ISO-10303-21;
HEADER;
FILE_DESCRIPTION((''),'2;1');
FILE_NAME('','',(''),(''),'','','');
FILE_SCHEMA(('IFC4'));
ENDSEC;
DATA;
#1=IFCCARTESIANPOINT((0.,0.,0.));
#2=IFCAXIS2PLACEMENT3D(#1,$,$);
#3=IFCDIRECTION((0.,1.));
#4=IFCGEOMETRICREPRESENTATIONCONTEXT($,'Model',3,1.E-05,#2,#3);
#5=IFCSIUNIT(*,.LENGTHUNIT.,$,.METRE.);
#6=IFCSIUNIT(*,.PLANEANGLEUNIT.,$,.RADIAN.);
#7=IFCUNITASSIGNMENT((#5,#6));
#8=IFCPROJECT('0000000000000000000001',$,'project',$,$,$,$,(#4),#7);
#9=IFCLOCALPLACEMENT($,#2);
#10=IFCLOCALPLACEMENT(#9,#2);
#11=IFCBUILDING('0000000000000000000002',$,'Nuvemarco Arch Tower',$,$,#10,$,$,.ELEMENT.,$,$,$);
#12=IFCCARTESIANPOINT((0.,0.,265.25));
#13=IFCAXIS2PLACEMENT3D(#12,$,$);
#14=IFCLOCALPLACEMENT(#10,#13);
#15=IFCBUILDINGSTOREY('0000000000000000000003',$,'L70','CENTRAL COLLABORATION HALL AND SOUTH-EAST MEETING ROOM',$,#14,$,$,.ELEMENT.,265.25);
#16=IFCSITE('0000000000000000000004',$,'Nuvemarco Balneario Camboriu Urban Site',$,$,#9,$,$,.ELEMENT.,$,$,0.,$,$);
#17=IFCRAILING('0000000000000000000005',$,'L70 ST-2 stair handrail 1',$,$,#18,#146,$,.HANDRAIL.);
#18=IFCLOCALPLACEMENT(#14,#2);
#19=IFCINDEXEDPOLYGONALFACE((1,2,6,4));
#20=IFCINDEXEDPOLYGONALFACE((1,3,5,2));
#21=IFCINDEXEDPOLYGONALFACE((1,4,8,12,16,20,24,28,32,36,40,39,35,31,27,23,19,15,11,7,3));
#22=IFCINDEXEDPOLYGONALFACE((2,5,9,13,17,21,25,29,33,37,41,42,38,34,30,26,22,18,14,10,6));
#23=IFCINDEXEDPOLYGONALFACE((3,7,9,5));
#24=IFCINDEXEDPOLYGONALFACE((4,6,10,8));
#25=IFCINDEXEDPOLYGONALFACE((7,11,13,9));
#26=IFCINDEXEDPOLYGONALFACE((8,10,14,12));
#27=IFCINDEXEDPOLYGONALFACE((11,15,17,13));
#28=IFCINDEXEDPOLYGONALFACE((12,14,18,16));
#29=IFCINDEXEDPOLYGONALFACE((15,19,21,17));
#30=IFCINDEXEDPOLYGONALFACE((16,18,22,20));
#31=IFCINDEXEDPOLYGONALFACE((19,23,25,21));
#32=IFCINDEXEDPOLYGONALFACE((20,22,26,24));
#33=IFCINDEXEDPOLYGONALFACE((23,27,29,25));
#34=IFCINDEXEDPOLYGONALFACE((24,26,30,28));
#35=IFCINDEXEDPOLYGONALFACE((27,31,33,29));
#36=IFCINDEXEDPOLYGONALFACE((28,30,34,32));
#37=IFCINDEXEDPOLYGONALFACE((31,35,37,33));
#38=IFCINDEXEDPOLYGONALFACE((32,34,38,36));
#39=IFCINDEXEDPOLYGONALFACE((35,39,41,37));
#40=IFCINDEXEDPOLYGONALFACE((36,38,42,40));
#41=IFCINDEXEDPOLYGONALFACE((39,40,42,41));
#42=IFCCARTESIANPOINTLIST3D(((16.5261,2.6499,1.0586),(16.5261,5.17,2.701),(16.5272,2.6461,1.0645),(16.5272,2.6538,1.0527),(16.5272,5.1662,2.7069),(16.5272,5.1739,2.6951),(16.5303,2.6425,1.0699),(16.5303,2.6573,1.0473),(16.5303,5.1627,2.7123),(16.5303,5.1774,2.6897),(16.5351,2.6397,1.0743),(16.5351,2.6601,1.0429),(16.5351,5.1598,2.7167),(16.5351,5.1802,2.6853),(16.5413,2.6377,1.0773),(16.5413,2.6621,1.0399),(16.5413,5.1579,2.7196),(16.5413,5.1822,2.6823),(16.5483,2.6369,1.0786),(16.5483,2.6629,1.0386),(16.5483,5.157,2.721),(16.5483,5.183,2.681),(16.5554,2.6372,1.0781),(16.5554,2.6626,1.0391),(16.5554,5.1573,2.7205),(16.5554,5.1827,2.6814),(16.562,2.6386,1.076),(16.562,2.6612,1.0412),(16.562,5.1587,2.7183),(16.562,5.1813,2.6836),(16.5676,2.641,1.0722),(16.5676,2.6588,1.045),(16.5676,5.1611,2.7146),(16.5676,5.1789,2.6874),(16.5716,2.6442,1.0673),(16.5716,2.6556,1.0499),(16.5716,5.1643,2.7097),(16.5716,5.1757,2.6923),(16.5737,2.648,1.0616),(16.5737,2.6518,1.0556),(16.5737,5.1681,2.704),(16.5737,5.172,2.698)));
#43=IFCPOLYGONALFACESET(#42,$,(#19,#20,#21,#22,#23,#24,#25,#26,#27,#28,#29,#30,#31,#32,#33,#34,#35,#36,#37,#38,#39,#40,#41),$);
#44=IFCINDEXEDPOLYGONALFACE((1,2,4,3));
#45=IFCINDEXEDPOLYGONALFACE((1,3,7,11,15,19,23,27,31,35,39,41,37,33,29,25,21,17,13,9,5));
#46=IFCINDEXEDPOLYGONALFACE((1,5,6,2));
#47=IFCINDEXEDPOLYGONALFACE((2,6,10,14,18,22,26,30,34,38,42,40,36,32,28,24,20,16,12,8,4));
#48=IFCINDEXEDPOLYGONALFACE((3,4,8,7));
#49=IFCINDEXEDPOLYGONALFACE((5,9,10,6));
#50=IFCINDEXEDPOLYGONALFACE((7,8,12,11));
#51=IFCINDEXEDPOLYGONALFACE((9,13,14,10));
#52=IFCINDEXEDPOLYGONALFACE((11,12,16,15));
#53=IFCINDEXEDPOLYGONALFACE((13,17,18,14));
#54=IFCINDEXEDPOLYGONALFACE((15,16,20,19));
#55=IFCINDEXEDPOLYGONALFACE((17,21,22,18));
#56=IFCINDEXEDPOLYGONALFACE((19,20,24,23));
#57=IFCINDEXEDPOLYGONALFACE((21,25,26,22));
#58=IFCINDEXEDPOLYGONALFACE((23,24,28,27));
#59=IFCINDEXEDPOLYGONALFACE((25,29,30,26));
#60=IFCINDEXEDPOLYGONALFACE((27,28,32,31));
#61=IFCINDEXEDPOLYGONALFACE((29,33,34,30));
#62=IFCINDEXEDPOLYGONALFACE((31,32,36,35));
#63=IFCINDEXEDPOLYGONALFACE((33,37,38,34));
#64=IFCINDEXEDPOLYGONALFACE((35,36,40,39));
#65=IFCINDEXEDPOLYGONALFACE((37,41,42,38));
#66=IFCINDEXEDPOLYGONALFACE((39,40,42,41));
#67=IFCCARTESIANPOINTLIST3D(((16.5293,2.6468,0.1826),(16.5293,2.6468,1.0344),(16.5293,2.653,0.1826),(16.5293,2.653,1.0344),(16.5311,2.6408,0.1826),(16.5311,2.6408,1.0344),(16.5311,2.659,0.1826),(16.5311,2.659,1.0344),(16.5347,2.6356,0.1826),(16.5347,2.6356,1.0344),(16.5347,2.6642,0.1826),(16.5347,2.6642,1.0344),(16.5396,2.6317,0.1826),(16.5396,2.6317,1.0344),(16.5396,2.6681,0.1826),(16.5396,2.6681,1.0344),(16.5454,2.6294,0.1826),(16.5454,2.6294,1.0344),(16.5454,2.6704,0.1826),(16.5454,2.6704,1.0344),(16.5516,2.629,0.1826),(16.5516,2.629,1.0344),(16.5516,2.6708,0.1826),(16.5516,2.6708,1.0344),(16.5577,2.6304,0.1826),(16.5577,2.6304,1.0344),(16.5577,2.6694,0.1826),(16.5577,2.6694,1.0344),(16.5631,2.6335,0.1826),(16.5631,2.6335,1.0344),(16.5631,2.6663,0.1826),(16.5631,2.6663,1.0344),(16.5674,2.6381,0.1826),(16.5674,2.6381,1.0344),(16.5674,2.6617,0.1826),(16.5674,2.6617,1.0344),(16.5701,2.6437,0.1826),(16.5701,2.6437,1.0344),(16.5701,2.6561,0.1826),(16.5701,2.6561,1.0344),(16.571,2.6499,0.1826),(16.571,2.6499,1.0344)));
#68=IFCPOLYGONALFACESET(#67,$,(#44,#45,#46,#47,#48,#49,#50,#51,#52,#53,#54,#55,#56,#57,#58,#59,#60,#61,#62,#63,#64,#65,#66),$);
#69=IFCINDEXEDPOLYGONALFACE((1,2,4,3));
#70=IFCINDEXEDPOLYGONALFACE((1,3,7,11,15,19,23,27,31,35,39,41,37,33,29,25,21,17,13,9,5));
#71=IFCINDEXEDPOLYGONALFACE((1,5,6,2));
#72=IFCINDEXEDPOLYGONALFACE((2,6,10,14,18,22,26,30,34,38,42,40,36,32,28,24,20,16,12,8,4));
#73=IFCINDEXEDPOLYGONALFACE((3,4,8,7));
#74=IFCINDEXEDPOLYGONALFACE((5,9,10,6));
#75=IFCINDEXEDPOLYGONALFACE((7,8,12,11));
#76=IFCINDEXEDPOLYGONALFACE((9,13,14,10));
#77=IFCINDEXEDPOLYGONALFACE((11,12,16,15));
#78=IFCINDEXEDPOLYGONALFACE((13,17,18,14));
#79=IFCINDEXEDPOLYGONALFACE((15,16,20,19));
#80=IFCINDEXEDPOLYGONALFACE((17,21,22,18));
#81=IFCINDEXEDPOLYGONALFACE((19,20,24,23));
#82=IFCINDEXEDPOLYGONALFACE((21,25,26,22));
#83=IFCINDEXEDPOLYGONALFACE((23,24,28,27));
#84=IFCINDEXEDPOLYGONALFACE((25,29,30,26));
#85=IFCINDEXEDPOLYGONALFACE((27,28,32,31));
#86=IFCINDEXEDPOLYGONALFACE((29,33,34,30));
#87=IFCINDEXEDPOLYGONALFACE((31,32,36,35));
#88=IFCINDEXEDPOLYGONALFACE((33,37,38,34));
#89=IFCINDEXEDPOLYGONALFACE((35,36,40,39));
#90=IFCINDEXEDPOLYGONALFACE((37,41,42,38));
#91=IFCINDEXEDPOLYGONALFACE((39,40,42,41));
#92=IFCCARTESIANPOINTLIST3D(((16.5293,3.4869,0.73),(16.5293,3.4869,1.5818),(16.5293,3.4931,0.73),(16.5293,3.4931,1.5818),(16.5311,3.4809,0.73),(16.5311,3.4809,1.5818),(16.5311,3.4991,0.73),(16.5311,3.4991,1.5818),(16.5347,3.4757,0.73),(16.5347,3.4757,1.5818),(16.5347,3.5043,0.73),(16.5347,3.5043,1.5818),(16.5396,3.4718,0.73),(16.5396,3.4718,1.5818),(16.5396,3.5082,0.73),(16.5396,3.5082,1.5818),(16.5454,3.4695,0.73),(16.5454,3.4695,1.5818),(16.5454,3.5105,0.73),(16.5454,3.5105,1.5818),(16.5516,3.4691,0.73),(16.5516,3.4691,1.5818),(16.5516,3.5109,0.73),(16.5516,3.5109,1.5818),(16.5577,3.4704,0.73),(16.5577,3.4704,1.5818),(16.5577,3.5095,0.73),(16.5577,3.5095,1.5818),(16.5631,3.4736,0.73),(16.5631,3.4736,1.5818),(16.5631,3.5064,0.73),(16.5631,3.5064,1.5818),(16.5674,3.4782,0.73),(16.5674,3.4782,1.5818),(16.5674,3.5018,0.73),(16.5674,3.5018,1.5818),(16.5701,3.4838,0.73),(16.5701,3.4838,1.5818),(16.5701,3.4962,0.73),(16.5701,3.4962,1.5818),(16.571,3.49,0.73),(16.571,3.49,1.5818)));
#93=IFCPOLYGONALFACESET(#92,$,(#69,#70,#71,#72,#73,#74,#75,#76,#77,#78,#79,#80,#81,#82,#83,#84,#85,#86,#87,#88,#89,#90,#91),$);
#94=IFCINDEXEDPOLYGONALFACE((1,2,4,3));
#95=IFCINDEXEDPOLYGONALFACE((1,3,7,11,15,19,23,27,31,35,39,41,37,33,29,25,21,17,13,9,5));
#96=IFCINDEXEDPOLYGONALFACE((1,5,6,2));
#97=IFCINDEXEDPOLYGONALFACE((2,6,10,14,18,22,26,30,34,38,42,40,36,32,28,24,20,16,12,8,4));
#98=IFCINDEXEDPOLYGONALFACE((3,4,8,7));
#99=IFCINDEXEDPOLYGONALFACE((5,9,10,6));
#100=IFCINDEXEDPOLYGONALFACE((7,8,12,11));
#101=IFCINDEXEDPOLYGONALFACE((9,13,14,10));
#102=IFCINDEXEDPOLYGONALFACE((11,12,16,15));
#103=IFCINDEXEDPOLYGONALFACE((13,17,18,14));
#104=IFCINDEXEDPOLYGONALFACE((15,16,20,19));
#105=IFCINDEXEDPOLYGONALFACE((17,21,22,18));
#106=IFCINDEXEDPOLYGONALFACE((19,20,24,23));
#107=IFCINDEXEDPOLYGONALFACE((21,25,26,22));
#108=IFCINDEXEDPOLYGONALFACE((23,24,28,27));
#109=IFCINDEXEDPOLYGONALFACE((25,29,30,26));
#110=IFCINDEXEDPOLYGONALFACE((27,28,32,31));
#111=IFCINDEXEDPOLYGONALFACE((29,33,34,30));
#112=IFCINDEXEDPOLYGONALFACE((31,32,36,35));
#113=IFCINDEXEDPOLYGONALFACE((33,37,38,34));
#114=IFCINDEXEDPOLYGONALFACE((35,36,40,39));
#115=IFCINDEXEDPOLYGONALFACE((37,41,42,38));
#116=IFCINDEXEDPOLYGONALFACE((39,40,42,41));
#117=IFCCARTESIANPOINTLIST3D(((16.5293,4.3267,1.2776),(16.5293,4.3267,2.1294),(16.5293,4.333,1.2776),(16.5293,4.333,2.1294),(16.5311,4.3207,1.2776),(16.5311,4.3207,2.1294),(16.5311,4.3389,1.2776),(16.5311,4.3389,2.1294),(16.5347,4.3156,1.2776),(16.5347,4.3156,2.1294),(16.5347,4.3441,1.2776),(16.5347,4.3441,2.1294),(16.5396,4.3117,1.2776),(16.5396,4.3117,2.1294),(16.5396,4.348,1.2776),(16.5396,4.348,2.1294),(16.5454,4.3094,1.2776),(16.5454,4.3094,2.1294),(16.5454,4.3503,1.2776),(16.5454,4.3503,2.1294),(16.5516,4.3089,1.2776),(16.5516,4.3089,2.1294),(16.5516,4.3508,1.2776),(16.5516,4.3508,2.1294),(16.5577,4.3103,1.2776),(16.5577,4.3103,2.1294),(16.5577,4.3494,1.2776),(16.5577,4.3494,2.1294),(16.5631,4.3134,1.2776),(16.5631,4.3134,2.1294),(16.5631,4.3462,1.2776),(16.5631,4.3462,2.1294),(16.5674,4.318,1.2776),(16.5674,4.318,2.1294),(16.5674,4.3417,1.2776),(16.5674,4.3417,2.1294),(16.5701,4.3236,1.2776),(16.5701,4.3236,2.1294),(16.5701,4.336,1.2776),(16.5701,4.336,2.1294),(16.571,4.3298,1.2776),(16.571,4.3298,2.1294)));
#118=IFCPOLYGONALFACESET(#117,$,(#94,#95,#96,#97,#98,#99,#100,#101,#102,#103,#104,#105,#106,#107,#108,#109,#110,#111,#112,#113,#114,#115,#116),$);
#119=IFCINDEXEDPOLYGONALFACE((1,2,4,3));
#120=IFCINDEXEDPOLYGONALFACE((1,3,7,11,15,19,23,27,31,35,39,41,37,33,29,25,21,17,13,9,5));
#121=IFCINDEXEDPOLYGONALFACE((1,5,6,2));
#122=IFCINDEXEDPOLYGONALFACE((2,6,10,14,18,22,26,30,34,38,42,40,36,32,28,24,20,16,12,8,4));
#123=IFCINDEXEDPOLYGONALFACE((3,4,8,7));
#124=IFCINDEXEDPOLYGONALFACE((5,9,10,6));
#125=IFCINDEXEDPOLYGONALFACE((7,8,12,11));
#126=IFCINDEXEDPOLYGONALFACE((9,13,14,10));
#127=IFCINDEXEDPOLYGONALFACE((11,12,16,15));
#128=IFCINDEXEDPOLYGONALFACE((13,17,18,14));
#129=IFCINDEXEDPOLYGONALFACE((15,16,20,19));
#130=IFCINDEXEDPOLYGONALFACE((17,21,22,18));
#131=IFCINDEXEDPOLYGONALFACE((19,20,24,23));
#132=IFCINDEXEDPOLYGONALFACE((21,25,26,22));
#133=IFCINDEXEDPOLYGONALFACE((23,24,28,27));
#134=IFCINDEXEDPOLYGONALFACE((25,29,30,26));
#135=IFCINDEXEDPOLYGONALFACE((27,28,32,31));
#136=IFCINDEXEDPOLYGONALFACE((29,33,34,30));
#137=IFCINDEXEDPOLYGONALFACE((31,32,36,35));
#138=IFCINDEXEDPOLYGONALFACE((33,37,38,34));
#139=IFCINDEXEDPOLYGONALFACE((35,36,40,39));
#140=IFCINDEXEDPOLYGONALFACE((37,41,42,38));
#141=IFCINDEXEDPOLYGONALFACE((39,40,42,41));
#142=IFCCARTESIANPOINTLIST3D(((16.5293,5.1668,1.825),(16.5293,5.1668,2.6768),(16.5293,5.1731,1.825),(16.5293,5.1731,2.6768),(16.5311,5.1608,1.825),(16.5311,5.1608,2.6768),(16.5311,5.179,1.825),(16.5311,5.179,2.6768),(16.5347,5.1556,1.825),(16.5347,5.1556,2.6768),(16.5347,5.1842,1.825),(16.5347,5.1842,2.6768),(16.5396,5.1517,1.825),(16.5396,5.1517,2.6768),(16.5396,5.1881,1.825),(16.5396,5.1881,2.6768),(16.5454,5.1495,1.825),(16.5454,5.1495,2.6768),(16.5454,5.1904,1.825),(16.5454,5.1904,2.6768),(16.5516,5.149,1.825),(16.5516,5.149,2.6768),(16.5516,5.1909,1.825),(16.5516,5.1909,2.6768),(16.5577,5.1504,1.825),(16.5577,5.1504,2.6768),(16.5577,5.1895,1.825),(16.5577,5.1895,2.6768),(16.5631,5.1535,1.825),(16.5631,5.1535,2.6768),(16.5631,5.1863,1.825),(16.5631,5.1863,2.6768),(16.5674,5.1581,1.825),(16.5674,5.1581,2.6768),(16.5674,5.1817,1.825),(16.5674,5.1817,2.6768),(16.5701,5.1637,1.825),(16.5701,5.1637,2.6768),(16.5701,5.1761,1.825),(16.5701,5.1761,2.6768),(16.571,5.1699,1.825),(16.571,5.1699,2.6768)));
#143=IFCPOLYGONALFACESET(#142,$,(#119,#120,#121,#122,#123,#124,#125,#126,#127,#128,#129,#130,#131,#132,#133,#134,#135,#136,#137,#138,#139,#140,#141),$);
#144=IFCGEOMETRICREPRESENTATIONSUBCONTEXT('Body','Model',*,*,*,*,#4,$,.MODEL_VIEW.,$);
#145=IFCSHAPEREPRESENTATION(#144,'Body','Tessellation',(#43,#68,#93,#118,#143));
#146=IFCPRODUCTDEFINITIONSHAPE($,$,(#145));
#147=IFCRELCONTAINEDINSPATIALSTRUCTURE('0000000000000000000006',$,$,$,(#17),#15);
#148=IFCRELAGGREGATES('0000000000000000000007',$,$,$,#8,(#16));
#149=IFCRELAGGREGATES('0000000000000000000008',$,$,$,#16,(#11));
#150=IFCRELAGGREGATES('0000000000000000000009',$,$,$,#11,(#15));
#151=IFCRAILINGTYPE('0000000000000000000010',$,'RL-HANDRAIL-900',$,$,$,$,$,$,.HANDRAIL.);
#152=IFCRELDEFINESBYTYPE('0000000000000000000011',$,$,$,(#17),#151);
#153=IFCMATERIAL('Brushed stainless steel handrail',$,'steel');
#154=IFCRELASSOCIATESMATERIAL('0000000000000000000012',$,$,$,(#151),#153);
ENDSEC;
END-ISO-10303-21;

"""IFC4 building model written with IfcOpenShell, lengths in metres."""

from ifc_helpers import new_model, si_unit, direction, frame, origin, origin_2d, place, context, subcontext, project, spatial, circle, extrude, material, type_object, element, save


model = new_model("IFC4")

# Units and contexts
model_context = context("Model", 3, precision=1e-05, world=origin(), true_north=direction((0.0, 1.0)))
body_context = subcontext(model_context, "Body", "Model", "MODEL_VIEW")
ifc_project = project(units=[si_unit("LENGTHUNIT", "METRE"), si_unit("PLANEANGLEUNIT", "RADIAN")], contexts=[model_context])

# Site, building, storey
site_placement = place(None, origin())
site = spatial("IfcSite", under=ifc_project, at=site_placement, Name="Nuvemarco Balneario Camboriu Urban Site", CompositionType="ELEMENT", RefElevation=0.0)
building_placement = place(site_placement, origin())
building = spatial("IfcBuilding", under=site, at=building_placement, Name="Nuvemarco Arch Tower", CompositionType="ELEMENT")
storey_placement = place(building_placement, frame((0.0, 0.0, 265.25)))
storey = spatial("IfcBuildingStorey", under=building, at=storey_placement, Name="L70", Description="CENTRAL COLLABORATION HALL AND SOUTH-EAST MEETING ROOM", CompositionType="ELEMENT", Elevation=265.25)

# Railing
ifc_material_1 = material(Name="Brushed stainless steel handrail", Category="steel")
railing_type_1 = type_object("IfcRailingType", Name="RL-HANDRAIL-900", PredefinedType="HANDRAIL", material=ifc_material_1)
railing_1_placement = place(storey_placement, frame((16.55, 2.6499, 0.1826)))
element("IfcRailing", 1, at=railing_1_placement, inside=storey, type_object=railing_type_1, Name="L70 ST-2 stair handrail 1", PredefinedType="HANDRAIL", context=body_context, shape_type="SweptSolid", body=[
    extrude(circle(Radius=0.0239, at=origin_2d()), frame((0.0, 0.0, 0.876), z_axis=(0.0, 0.837787, 0.545998), x_axis=(-1.0, 0.0, 0.0)), (0.0, 0.0, 1.0), 3.0081),
    extrude(circle(Radius=0.021, at=origin_2d()), origin(), (0.0, 0.0, 1.0), 0.8518),
    extrude(circle(Radius=0.021, at=origin_2d()), frame((0.0, 0.8401, 0.5474)), (0.0, 0.0, 1.0), 0.8518),
    extrude(circle(Radius=0.021, at=origin_2d()), frame((0.0, 1.6799, 1.095)), (0.0, 0.0, 1.0), 0.8518),
    extrude(circle(Radius=0.021, at=origin_2d()), frame((0.0, 2.52, 1.6423)), (0.0, 0.0, 1.0), 0.8518),
])

save(model, "model.ifc")
